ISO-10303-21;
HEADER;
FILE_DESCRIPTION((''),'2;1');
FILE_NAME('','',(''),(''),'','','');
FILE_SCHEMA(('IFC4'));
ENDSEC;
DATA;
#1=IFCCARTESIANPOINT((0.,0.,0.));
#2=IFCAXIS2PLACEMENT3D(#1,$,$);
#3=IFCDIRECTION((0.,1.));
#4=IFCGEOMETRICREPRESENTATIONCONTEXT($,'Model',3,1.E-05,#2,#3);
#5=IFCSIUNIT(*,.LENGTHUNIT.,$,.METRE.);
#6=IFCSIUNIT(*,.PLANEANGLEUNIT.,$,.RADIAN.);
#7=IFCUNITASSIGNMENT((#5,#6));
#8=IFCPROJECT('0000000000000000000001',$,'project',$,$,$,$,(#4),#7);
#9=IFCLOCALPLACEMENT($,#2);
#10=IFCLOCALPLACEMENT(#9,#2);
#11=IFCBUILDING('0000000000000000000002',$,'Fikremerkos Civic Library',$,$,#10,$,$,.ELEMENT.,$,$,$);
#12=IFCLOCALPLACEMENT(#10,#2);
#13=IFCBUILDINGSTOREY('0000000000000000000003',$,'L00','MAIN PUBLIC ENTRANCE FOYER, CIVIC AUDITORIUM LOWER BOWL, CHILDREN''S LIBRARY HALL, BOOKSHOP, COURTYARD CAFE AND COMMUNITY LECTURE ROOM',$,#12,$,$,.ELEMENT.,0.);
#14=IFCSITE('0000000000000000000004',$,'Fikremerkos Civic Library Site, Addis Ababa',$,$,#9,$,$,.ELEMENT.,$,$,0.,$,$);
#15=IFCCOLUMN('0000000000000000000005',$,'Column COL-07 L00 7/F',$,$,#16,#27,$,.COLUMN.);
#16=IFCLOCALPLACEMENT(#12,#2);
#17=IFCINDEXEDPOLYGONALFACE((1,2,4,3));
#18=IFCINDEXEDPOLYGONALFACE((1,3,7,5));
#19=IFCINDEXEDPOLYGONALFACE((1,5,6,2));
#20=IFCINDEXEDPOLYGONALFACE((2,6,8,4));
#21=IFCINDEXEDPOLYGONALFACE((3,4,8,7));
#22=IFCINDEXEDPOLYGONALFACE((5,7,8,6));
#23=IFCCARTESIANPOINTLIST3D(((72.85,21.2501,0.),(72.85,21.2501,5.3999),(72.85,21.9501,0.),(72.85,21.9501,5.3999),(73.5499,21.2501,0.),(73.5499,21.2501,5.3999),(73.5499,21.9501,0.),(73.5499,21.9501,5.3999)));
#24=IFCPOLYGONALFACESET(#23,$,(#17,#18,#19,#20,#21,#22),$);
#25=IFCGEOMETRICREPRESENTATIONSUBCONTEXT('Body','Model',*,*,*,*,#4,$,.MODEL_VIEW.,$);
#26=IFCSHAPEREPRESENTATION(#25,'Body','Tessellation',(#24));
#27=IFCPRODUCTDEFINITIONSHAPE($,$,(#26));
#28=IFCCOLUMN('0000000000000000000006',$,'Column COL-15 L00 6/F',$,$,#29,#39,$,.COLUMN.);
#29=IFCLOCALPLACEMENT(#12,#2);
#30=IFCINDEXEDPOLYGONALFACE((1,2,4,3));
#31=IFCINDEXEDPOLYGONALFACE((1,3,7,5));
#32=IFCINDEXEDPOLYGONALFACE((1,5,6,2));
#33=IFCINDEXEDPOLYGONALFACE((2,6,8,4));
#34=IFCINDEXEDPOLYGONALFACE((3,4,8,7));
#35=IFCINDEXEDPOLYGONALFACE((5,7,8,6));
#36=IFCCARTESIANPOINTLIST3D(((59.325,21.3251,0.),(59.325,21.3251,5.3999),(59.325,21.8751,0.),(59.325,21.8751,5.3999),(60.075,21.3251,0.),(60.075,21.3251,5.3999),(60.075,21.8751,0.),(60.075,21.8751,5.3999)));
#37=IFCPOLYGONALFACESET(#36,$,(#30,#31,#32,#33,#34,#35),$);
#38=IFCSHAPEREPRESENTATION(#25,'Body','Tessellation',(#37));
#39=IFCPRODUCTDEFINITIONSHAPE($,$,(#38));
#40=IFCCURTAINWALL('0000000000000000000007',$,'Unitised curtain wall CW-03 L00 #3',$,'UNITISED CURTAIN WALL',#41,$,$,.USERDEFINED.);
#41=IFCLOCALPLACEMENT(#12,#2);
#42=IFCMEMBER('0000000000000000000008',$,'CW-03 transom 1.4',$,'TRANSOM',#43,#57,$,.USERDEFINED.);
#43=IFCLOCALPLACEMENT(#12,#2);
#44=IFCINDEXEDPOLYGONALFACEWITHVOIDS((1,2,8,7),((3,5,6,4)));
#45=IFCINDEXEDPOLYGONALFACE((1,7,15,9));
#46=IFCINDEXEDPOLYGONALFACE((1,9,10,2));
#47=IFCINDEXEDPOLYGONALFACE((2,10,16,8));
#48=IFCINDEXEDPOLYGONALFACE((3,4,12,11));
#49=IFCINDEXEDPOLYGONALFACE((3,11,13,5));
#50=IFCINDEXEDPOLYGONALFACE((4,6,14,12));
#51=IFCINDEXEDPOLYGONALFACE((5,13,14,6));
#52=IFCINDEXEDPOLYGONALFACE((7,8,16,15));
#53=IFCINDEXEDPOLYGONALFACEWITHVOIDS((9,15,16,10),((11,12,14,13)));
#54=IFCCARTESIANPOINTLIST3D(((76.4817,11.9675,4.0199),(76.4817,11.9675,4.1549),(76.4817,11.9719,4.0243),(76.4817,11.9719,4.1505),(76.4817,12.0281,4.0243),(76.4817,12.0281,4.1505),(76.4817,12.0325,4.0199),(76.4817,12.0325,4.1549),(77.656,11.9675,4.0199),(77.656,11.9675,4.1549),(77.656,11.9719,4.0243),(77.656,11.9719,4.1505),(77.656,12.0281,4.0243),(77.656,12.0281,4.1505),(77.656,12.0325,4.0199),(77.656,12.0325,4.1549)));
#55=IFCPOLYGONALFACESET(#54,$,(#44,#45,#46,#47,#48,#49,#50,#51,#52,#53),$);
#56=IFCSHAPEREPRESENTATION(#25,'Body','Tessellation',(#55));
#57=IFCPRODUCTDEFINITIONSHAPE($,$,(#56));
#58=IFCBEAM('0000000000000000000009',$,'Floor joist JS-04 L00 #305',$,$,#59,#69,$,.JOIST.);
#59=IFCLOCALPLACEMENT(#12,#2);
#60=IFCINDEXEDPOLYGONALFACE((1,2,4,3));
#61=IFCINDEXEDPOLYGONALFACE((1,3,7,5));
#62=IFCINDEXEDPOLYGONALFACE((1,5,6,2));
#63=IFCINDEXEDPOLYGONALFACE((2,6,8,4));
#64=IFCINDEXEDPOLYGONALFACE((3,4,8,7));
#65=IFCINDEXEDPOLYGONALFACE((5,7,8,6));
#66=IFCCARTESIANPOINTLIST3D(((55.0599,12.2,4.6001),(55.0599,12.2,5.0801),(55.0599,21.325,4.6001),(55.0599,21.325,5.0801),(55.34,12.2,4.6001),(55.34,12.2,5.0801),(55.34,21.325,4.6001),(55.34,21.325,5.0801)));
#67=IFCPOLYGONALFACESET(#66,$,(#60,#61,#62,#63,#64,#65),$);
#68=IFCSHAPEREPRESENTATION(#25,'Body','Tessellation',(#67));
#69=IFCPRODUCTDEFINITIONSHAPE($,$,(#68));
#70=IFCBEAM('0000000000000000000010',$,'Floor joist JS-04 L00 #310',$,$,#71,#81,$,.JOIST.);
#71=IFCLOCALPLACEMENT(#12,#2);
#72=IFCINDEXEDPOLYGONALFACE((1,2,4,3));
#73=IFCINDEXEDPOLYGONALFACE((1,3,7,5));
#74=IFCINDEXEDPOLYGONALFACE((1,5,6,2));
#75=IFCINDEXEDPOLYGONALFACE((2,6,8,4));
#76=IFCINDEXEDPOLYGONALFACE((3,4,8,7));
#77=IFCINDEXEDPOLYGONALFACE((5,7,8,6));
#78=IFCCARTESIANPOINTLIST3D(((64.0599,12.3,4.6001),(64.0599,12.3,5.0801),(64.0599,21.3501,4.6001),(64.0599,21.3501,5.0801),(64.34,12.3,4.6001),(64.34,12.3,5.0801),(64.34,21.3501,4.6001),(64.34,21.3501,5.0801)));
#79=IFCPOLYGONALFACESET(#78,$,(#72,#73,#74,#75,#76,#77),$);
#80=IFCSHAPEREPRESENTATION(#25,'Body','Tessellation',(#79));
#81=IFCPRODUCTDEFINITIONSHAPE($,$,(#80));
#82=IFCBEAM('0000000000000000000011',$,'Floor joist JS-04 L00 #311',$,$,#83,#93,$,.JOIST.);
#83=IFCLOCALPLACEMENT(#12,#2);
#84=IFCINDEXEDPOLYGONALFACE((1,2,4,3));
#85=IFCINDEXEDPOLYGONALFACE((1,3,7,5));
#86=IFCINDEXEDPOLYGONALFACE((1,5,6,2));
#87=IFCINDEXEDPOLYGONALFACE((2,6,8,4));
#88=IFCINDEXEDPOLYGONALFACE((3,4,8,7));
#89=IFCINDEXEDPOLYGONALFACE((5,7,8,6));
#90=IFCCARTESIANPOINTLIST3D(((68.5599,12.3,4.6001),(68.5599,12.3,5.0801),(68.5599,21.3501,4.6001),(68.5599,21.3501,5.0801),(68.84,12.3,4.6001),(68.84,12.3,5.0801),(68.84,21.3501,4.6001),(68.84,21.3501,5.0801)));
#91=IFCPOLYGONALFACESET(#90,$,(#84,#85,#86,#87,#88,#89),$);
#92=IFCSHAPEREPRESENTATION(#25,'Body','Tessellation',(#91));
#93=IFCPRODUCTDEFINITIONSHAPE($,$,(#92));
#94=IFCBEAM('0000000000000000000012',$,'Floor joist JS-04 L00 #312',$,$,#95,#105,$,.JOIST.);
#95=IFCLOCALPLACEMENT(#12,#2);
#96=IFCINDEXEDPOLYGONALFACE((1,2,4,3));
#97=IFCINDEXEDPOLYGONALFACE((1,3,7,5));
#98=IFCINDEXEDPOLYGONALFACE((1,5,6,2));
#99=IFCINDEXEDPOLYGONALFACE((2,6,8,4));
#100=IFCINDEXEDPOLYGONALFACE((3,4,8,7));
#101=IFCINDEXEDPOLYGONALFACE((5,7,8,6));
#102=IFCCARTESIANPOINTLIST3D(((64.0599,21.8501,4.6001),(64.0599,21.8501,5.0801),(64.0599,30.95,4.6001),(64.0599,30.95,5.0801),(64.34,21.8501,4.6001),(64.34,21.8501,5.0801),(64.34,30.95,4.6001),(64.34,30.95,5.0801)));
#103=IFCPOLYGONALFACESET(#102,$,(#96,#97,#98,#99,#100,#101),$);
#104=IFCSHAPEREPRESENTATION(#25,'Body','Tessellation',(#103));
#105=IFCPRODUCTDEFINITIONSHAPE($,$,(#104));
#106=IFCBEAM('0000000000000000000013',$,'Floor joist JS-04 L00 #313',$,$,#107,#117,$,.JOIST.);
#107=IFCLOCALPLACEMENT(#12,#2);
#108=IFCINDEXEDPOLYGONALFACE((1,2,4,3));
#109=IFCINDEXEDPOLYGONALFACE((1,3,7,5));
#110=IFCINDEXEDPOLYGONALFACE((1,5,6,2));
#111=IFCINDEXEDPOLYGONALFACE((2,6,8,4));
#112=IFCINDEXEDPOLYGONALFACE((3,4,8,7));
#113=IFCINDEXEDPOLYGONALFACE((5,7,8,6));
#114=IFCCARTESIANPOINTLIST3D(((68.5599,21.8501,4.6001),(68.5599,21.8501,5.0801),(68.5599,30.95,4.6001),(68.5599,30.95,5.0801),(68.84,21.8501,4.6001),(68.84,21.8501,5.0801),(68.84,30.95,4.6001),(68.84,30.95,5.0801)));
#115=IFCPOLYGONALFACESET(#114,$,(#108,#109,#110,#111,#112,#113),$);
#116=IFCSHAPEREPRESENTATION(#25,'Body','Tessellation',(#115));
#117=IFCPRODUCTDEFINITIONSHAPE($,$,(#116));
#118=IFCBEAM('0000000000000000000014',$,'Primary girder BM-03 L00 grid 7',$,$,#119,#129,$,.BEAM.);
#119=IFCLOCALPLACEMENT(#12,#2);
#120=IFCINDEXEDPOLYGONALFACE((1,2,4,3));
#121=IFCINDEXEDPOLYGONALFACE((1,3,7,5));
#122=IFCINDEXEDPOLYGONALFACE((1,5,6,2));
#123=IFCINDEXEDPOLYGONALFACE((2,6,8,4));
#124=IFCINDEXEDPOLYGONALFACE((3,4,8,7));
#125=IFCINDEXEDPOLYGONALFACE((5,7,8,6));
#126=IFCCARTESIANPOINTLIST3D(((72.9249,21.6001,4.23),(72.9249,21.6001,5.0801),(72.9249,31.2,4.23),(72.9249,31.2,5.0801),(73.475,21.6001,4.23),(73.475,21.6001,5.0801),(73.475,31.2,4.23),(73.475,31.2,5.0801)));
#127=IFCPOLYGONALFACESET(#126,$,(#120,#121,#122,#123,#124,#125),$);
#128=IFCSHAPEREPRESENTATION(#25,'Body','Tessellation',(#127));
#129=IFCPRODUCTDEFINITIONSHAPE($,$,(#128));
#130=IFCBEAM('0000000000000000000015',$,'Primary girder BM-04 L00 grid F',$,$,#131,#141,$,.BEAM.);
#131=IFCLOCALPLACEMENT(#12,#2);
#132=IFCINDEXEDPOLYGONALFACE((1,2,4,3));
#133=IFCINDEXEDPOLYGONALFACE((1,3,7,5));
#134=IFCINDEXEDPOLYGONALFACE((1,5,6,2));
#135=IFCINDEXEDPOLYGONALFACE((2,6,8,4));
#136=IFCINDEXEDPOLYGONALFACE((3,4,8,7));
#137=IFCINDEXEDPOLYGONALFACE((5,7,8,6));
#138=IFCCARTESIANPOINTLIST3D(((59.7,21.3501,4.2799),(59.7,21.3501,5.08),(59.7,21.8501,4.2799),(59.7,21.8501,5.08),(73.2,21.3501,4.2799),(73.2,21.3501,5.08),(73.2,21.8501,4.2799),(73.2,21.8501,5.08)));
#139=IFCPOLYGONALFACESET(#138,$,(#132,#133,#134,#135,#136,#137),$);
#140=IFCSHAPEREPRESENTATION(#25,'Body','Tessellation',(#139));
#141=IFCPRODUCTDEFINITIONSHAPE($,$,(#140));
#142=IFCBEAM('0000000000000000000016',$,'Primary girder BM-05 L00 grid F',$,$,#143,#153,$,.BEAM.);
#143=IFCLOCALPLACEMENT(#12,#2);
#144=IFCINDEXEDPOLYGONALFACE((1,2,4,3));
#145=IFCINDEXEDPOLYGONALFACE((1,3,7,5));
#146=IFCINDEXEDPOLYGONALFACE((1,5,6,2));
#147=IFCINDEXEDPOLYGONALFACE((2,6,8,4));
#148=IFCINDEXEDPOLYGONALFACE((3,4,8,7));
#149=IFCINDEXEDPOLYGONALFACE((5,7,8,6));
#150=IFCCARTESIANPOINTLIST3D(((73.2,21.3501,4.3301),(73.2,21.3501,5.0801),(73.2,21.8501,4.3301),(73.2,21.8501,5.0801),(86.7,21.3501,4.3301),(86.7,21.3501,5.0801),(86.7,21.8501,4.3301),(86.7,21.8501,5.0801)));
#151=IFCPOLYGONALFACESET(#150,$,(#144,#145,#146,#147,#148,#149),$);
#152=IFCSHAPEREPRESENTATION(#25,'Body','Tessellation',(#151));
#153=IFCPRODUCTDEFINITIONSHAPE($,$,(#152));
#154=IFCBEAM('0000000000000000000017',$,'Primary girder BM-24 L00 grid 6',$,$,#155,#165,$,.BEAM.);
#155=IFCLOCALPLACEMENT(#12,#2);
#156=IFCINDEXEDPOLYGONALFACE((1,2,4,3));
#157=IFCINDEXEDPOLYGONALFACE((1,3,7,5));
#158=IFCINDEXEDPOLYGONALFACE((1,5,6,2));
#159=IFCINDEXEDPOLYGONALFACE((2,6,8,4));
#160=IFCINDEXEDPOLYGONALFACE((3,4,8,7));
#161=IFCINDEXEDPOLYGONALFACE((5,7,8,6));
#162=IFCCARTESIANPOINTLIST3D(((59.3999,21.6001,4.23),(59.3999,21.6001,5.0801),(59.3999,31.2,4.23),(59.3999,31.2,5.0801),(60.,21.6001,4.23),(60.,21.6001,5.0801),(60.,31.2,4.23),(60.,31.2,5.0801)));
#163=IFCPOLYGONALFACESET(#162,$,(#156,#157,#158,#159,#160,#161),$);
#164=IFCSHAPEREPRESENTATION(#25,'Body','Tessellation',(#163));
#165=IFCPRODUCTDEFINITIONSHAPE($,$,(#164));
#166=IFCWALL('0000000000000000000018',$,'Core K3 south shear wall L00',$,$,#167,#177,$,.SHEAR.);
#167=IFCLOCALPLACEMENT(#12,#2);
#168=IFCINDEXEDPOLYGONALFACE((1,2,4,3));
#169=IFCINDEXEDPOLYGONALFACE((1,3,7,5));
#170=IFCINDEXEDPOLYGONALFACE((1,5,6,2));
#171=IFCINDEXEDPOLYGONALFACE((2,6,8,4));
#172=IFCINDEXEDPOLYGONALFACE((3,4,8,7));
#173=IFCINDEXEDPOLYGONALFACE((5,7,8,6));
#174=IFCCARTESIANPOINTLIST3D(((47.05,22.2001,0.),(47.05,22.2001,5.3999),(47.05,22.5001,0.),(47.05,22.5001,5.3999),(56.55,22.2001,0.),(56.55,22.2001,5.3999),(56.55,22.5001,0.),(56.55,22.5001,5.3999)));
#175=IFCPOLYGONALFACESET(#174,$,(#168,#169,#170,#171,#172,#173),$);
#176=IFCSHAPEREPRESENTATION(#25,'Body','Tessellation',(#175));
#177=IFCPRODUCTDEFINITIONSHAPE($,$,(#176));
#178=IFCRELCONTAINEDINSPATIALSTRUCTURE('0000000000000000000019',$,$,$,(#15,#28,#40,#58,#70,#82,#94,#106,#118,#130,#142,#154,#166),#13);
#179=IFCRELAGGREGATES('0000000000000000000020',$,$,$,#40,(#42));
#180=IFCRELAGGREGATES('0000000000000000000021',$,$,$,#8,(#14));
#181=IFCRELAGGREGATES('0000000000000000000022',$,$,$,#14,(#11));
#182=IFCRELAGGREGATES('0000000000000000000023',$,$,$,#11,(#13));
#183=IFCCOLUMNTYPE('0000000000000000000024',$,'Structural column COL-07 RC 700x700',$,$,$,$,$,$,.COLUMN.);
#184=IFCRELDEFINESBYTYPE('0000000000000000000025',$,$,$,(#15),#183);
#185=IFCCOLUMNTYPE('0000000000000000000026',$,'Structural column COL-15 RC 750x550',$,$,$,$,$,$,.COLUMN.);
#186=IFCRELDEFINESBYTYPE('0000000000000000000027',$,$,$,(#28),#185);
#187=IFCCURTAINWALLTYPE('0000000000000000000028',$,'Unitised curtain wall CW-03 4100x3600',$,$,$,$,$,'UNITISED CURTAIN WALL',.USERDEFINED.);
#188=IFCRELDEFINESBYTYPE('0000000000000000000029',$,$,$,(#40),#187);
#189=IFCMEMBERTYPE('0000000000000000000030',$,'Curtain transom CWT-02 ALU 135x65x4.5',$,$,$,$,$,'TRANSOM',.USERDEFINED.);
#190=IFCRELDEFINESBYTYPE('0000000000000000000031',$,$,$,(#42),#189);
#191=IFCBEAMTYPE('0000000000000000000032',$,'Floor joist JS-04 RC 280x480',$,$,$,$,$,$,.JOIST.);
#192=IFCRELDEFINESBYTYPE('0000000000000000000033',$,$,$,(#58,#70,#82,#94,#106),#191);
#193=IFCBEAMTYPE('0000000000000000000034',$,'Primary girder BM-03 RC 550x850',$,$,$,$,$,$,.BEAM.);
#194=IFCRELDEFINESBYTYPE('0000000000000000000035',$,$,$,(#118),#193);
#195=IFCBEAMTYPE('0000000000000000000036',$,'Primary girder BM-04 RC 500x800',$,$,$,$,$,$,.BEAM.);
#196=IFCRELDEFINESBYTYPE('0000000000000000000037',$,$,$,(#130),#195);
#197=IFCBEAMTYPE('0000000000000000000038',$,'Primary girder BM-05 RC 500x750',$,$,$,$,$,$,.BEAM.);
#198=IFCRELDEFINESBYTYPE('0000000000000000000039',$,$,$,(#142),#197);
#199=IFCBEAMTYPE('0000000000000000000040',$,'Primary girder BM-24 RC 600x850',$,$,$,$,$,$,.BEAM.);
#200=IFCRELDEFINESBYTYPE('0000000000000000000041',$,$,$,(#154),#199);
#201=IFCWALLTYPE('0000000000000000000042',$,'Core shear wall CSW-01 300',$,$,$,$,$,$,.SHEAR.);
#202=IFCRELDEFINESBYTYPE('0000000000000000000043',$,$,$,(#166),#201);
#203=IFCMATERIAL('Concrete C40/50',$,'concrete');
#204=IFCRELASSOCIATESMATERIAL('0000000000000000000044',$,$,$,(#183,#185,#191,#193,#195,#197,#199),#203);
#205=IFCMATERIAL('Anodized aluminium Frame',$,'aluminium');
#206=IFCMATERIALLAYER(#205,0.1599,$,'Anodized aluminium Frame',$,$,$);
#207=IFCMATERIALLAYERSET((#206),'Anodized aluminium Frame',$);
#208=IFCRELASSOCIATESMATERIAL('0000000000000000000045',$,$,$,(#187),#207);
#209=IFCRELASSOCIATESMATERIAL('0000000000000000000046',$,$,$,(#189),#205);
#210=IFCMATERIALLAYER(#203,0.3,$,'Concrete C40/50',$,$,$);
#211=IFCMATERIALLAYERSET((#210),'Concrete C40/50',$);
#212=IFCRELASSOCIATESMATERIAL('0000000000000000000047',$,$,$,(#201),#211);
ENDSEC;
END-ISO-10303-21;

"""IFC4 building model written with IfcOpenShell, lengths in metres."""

from ifc_helpers import new_model, si_unit, direction, frame, frame_2d, origin, origin_2d, place, context, subcontext, project, spatial, rectangle, hollow_rectangle, extrude, material, layer, layer_set, material_profile, profile_set, type_object, element, aggregate, save


model = new_model("IFC4")

# Units and contexts
model_context = context("Model", 3, precision=1e-05, world=origin(), true_north=direction((0.0, 1.0)))
body_context = subcontext(model_context, "Body", "Model", "MODEL_VIEW")
ifc_project = project(units=[si_unit("LENGTHUNIT", "METRE"), si_unit("PLANEANGLEUNIT", "RADIAN")], contexts=[model_context])

# Site, building, storey
site_placement = place(None, origin())
site = spatial("IfcSite", under=ifc_project, at=site_placement, Name="Fikremerkos Civic Library Site, Addis Ababa", CompositionType="ELEMENT", RefElevation=0.0)
building_placement = place(site_placement, origin())
building = spatial("IfcBuilding", under=site, at=building_placement, Name="Fikremerkos Civic Library", CompositionType="ELEMENT")
storey_placement = place(building_placement, origin())
storey = spatial("IfcBuildingStorey", under=building, at=storey_placement, Name="L00", Description="MAIN PUBLIC ENTRANCE FOYER, CIVIC AUDITORIUM LOWER BOWL, CHILDREN'S LIBRARY HALL, BOOKSHOP, COURTYARD CAFE AND COMMUNITY LECTURE ROOM", CompositionType="ELEMENT", Elevation=0.0)

# Columns
ifc_material_1 = material(Name="Concrete C40/50", Category="concrete")
ifc_material_profile_1 = material_profile(ifc_material_1, rectangle(XDim=0.7, YDim=0.7, at=origin_2d()), Name="RC 700x700")
ifc_profile_set_1 = profile_set([ifc_material_profile_1], Name="Concrete C40/50")
column_type_1 = type_object("IfcColumnType", Name="Structural column COL-07 RC 700x700", PredefinedType="COLUMN", material=ifc_profile_set_1)
column_1_placement = place(storey_placement, frame((73.2, 21.6001, 0.0), z_axis=(0.0, 0.0, 1.0), x_axis=(1.0, 0.0, 0.0)))
element("IfcColumn", 1, at=column_1_placement, inside=storey, type_object=column_type_1, Name="Column COL-07 L00 7/F", PredefinedType="COLUMN", context=body_context, shape_type="SweptSolid", body=[
    extrude(rectangle(XDim=0.7, YDim=0.7, at=origin_2d()), origin(), (0.0, 0.0, 1.0), 5.3999),
])
ifc_material_profile_2 = material_profile(ifc_material_1, rectangle(XDim=0.75, YDim=0.55, at=origin_2d()), Name="RC 750x550")
ifc_profile_set_2 = profile_set([ifc_material_profile_2], Name="Concrete C40/50")
column_type_2 = type_object("IfcColumnType", Name="Structural column COL-15 RC 750x550", PredefinedType="COLUMN", material=ifc_profile_set_2)
column_2_placement = place(storey_placement, frame((59.7, 21.6001, 0.0), z_axis=(0.0, 0.0, 1.0), x_axis=(1.0, 0.0, 0.0)))
element("IfcColumn", 2, at=column_2_placement, inside=storey, type_object=column_type_2, Name="Column COL-15 L00 6/F", PredefinedType="COLUMN", context=body_context, shape_type="SweptSolid", body=[
    extrude(rectangle(XDim=0.75, YDim=0.55, at=origin_2d()), origin(), (0.0, 0.0, 1.0), 5.3999),
])

# Curtain wall, member
ifc_material_2 = material(Name="Anodized aluminium Frame", Category="aluminium")
ifc_layer_1 = layer(ifc_material_2, 0.1599, Name="Anodized aluminium Frame")
ifc_layer_set_1 = layer_set([ifc_layer_1], Name="Anodized aluminium Frame")
curtain_wall_type = type_object("IfcCurtainWallType", Name="Unitised curtain wall CW-03 4100x3600", ElementType="UNITISED CURTAIN WALL", PredefinedType="USERDEFINED", material=ifc_layer_set_1)
curtain_wall_placement = place(storey_placement, origin())
curtain_wall = element("IfcCurtainWall", 3, at=curtain_wall_placement, inside=storey, type_object=curtain_wall_type, Name="Unitised curtain wall CW-03 L00 #3", ObjectType="UNITISED CURTAIN WALL", PredefinedType="USERDEFINED")
ifc_material_profile_3 = material_profile(ifc_material_2, hollow_rectangle(XDim=0.0649, YDim=0.135, WallThickness=0.0044, at=origin_2d()), Name="ALU 135x65x4.5")
ifc_profile_set_3 = profile_set([ifc_material_profile_3], Name="Anodized aluminium Frame")
member_type = type_object("IfcMemberType", Name="Curtain transom CWT-02 ALU 135x65x4.5", ElementType="TRANSOM", PredefinedType="USERDEFINED", material=ifc_profile_set_3)
member_placement = place(storey_placement, frame((77.656, 12.0, 4.0874), z_axis=(-1.0, 0.0, 0.0), x_axis=(0.0, -1.0, 0.0)))
member = element("IfcMember", 4, at=member_placement, type_object=member_type, Name="CW-03 transom 1.4", ObjectType="TRANSOM", PredefinedType="USERDEFINED", context=body_context, shape_type="SweptSolid", body=[
    extrude(hollow_rectangle(XDim=0.0649, YDim=0.135, WallThickness=0.0044, at=origin_2d()), origin(), (0.0, 0.0, 1.0), 1.1743),
])
aggregate(curtain_wall, [member])

# Beams
ifc_material_profile_4 = material_profile(ifc_material_1, rectangle(XDim=0.28, YDim=0.48, at=origin_2d()), Name="RC 280x480")
ifc_profile_set_4 = profile_set([ifc_material_profile_4], Name="Concrete C40/50")
beam_type_1 = type_object("IfcBeamType", Name="Floor joist JS-04 RC 280x480", PredefinedType="JOIST", material=ifc_profile_set_4)
beam_1_placement = place(storey_placement, frame((55.2, 12.2, 4.8401), z_axis=(0.0, 1.0, 0.0), x_axis=(-1.0, 0.0, 0.0)))
element("IfcBeam", 5, at=beam_1_placement, inside=storey, type_object=beam_type_1, Name="Floor joist JS-04 L00 #305", PredefinedType="JOIST", context=body_context, shape_type="SweptSolid", body=[
    extrude(rectangle(XDim=0.28, YDim=0.48, at=origin_2d()), origin(), (0.0, 0.0, 1.0), 9.125),
])
for number, where, z_axis, x_axis, name in (
    (6, (64.2, 12.3, 4.8401), (0.0, 1.0, 0.0), (-1.0, 0.0, 0.0), "Floor joist JS-04 L00 #310"),
    (7, (68.7, 12.3, 4.8401), (0.0, 1.0, 0.0), (-1.0, 0.0, 0.0), "Floor joist JS-04 L00 #311"),
):
    element("IfcBeam", number, at=place(storey_placement, frame(where, z_axis=z_axis, x_axis=x_axis)), inside=storey, type_object=beam_type_1, Name=name, PredefinedType="JOIST", context=body_context, shape_type="SweptSolid", body=[
        extrude(rectangle(XDim=0.28, YDim=0.48, at=origin_2d()), origin(), (0.0, 0.0, 1.0), 9.05),
    ])
for number, where, z_axis, x_axis, name in (
    (8, (64.2, 21.8501, 4.8401), (0.0, 1.0, 0.0), (-1.0, 0.0, 0.0), "Floor joist JS-04 L00 #312"),
    (9, (68.7, 21.8501, 4.8401), (0.0, 1.0, 0.0), (-1.0, 0.0, 0.0), "Floor joist JS-04 L00 #313"),
):
    element("IfcBeam", number, at=place(storey_placement, frame(where, z_axis=z_axis, x_axis=x_axis)), inside=storey, type_object=beam_type_1, Name=name, PredefinedType="JOIST", context=body_context, shape_type="SweptSolid", body=[
        extrude(rectangle(XDim=0.28, YDim=0.48, at=origin_2d()), origin(), (0.0, 0.0, 1.0), 9.0999),
    ])
ifc_material_profile_5 = material_profile(ifc_material_1, rectangle(XDim=0.55, YDim=0.8501, at=origin_2d()), Name="RC 550x850")
ifc_profile_set_5 = profile_set([ifc_material_profile_5], Name="Concrete C40/50")
beam_type_2 = type_object("IfcBeamType", Name="Primary girder BM-03 RC 550x850", PredefinedType="BEAM", material=ifc_profile_set_5)
beam_2_placement = place(storey_placement, frame((73.2, 21.6001, 4.655), z_axis=(0.0, 1.0, 0.0), x_axis=(-1.0, 0.0, 0.0)))
element("IfcBeam", 10, at=beam_2_placement, inside=storey, type_object=beam_type_2, Name="Primary girder BM-03 L00 grid 7", PredefinedType="BEAM", context=body_context, shape_type="SweptSolid", body=[
    extrude(rectangle(XDim=0.55, YDim=0.8501, at=origin_2d()), origin(), (0.0, 0.0, 1.0), 9.5999),
])
ifc_material_profile_6 = material_profile(ifc_material_1, rectangle(XDim=0.5, YDim=0.8, at=origin_2d()), Name="RC 500x800")
ifc_profile_set_6 = profile_set([ifc_material_profile_6], Name="Concrete C40/50")
beam_type_3 = type_object("IfcBeamType", Name="Primary girder BM-04 RC 500x800", PredefinedType="BEAM", material=ifc_profile_set_6)
beam_3_placement = place(storey_placement, frame((59.7, 21.6001, 4.6799), z_axis=(1.0, 0.0, 0.0), x_axis=(0.0, 1.0, 0.0)))
element("IfcBeam", 11, at=beam_3_placement, inside=storey, type_object=beam_type_3, Name="Primary girder BM-04 L00 grid F", PredefinedType="BEAM", context=body_context, shape_type="SweptSolid", body=[
    extrude(rectangle(XDim=0.5, YDim=0.8, at=origin_2d()), origin(), (0.0, 0.0, 1.0), 13.5),
])
ifc_material_profile_7 = material_profile(ifc_material_1, rectangle(XDim=0.5, YDim=0.75, at=origin_2d()), Name="RC 500x750")
ifc_profile_set_7 = profile_set([ifc_material_profile_7], Name="Concrete C40/50")
beam_type_4 = type_object("IfcBeamType", Name="Primary girder BM-05 RC 500x750", PredefinedType="BEAM", material=ifc_profile_set_7)
beam_4_placement = place(storey_placement, frame((73.2, 21.6001, 4.7051), z_axis=(1.0, 0.0, 0.0), x_axis=(0.0, 1.0, 0.0)))
element("IfcBeam", 12, at=beam_4_placement, inside=storey, type_object=beam_type_4, Name="Primary girder BM-05 L00 grid F", PredefinedType="BEAM", context=body_context, shape_type="SweptSolid", body=[
    extrude(rectangle(XDim=0.5, YDim=0.75, at=origin_2d()), origin(), (0.0, 0.0, 1.0), 13.5),
])
ifc_material_profile_8 = material_profile(ifc_material_1, rectangle(XDim=0.6001, YDim=0.8501, at=origin_2d()), Name="RC 600x850")
ifc_profile_set_8 = profile_set([ifc_material_profile_8], Name="Concrete C40/50")
beam_type_5 = type_object("IfcBeamType", Name="Primary girder BM-24 RC 600x850", PredefinedType="BEAM", material=ifc_profile_set_8)
beam_5_placement = place(storey_placement, frame((59.7, 21.6001, 4.655), z_axis=(0.0, 1.0, 0.0), x_axis=(-1.0, 0.0, 0.0)))
element("IfcBeam", 13, at=beam_5_placement, inside=storey, type_object=beam_type_5, Name="Primary girder BM-24 L00 grid 6", PredefinedType="BEAM", context=body_context, shape_type="SweptSolid", body=[
    extrude(rectangle(XDim=0.6001, YDim=0.8501, at=origin_2d()), origin(), (0.0, 0.0, 1.0), 9.5999),
])

# Wall
ifc_layer_2 = layer(ifc_material_1, 0.3, Name="Concrete C40/50")
ifc_layer_set_2 = layer_set([ifc_layer_2], Name="Concrete C40/50")
wall_type_1 = type_object("IfcWallType", Name="Core shear wall CSW-01 300", PredefinedType="SHEAR", material=ifc_layer_set_2)
wall_1_placement = place(storey_placement, frame((56.55, 22.3501, 0.0), z_axis=(0.0, 0.0, 1.0), x_axis=(-1.0, 0.0, 0.0)))
element("IfcWall", 14, at=wall_1_placement, inside=storey, type_object=wall_type_1, Name="Core K3 south shear wall L00", PredefinedType="SHEAR", context=body_context, shape_type="SweptSolid", body=[
    extrude(rectangle(XDim=9.5, YDim=0.3, at=frame_2d((4.75, 0.0))), origin(), (0.0, 0.0, 1.0), 5.3999),
])

save(model, "model.ifc")
